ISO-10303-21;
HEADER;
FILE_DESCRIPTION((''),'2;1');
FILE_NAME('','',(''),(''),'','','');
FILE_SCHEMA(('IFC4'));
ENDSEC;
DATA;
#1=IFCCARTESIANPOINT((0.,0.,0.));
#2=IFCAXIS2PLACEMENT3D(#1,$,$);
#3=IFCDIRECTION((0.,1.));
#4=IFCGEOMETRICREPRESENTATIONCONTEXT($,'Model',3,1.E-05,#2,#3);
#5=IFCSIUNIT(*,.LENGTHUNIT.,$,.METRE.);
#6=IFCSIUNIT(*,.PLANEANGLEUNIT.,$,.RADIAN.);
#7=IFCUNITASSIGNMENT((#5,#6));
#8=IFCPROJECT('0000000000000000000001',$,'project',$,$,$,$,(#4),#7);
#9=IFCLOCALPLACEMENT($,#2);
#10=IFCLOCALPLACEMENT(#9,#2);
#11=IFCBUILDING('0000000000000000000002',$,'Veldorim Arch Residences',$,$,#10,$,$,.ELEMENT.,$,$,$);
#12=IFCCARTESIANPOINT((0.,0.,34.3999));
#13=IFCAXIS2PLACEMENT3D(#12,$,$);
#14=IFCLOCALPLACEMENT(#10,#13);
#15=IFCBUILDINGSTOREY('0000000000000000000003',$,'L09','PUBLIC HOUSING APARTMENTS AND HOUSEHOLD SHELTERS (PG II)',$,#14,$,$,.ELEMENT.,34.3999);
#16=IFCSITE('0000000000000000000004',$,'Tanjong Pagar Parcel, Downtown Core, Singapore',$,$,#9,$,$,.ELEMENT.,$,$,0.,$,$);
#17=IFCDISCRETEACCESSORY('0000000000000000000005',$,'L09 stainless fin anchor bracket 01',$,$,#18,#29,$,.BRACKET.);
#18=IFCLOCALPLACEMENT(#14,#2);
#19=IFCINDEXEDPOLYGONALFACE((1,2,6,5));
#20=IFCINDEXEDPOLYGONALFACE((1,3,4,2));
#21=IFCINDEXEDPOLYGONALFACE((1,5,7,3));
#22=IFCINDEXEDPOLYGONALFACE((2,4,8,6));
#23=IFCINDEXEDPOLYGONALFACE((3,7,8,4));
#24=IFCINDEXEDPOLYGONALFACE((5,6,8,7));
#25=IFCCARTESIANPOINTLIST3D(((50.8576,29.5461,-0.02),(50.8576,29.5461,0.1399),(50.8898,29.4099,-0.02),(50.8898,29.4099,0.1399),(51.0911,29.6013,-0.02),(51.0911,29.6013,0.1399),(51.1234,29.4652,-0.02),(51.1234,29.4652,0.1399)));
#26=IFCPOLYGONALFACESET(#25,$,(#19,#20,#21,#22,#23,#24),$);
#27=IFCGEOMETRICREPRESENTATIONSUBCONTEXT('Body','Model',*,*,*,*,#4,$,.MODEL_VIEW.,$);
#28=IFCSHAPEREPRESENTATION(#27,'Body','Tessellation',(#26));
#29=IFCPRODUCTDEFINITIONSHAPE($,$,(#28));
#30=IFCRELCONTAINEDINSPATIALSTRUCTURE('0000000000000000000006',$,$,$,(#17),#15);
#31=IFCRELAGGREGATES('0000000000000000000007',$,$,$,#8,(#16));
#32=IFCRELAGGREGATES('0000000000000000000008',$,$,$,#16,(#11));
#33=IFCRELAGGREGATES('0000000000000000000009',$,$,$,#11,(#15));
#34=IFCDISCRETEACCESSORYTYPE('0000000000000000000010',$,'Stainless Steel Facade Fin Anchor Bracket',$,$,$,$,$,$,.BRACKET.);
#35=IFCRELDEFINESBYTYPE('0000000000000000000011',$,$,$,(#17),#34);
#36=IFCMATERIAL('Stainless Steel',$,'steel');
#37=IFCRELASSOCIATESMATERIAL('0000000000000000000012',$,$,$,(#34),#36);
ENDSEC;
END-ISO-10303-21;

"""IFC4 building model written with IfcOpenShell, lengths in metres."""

from ifc_helpers import new_model, si_unit, direction, frame, origin, origin_2d, place, context, subcontext, project, spatial, rectangle, extrude, material, type_object, element, save


model = new_model("IFC4")

# Units and contexts
model_context = context("Model", 3, precision=1e-05, world=origin(), true_north=direction((0.0, 1.0)))
body_context = subcontext(model_context, "Body", "Model", "MODEL_VIEW")
ifc_project = project(units=[si_unit("LENGTHUNIT", "METRE"), si_unit("PLANEANGLEUNIT", "RADIAN")], contexts=[model_context])

# Site, building, storey
site_placement = place(None, origin())
site = spatial("IfcSite", under=ifc_project, at=site_placement, Name="Tanjong Pagar Parcel, Downtown Core, Singapore", CompositionType="ELEMENT", RefElevation=0.0)
building_placement = place(site_placement, origin())
building = spatial("IfcBuilding", under=site, at=building_placement, Name="Veldorim Arch Residences", CompositionType="ELEMENT")
storey_placement = place(building_placement, frame((0.0, 0.0, 34.3999)))
storey = spatial("IfcBuildingStorey", under=building, at=storey_placement, Name="L09", Description="PUBLIC HOUSING APARTMENTS AND HOUSEHOLD SHELTERS (PG II)", CompositionType="ELEMENT", Elevation=34.3999)

# Discrete accessory
ifc_material_1 = material(Name="Stainless Steel", Category="steel")
discrete_accessory_type = type_object("IfcDiscreteAccessoryType", Name="Stainless Steel Facade Fin Anchor Bracket", PredefinedType="BRACKET", material=ifc_material_1)
discrete_accessory_placement = place(storey_placement, frame((50.9905, 29.5056, -0.02), z_axis=(0.0, 0.0, 1.0), x_axis=(0.23022, -0.973139, 0.0)))
element("IfcDiscreteAccessory", 1, at=discrete_accessory_placement, inside=storey, type_object=discrete_accessory_type, Name="L09 stainless fin anchor bracket 01", PredefinedType="BRACKET", context=body_context, shape_type="SweptSolid", body=[
    extrude(rectangle(XDim=0.1399, YDim=0.24, at=origin_2d()), origin(), (0.0, 0.0, 1.0), 0.1599),
])

save(model, "model.ifc")
